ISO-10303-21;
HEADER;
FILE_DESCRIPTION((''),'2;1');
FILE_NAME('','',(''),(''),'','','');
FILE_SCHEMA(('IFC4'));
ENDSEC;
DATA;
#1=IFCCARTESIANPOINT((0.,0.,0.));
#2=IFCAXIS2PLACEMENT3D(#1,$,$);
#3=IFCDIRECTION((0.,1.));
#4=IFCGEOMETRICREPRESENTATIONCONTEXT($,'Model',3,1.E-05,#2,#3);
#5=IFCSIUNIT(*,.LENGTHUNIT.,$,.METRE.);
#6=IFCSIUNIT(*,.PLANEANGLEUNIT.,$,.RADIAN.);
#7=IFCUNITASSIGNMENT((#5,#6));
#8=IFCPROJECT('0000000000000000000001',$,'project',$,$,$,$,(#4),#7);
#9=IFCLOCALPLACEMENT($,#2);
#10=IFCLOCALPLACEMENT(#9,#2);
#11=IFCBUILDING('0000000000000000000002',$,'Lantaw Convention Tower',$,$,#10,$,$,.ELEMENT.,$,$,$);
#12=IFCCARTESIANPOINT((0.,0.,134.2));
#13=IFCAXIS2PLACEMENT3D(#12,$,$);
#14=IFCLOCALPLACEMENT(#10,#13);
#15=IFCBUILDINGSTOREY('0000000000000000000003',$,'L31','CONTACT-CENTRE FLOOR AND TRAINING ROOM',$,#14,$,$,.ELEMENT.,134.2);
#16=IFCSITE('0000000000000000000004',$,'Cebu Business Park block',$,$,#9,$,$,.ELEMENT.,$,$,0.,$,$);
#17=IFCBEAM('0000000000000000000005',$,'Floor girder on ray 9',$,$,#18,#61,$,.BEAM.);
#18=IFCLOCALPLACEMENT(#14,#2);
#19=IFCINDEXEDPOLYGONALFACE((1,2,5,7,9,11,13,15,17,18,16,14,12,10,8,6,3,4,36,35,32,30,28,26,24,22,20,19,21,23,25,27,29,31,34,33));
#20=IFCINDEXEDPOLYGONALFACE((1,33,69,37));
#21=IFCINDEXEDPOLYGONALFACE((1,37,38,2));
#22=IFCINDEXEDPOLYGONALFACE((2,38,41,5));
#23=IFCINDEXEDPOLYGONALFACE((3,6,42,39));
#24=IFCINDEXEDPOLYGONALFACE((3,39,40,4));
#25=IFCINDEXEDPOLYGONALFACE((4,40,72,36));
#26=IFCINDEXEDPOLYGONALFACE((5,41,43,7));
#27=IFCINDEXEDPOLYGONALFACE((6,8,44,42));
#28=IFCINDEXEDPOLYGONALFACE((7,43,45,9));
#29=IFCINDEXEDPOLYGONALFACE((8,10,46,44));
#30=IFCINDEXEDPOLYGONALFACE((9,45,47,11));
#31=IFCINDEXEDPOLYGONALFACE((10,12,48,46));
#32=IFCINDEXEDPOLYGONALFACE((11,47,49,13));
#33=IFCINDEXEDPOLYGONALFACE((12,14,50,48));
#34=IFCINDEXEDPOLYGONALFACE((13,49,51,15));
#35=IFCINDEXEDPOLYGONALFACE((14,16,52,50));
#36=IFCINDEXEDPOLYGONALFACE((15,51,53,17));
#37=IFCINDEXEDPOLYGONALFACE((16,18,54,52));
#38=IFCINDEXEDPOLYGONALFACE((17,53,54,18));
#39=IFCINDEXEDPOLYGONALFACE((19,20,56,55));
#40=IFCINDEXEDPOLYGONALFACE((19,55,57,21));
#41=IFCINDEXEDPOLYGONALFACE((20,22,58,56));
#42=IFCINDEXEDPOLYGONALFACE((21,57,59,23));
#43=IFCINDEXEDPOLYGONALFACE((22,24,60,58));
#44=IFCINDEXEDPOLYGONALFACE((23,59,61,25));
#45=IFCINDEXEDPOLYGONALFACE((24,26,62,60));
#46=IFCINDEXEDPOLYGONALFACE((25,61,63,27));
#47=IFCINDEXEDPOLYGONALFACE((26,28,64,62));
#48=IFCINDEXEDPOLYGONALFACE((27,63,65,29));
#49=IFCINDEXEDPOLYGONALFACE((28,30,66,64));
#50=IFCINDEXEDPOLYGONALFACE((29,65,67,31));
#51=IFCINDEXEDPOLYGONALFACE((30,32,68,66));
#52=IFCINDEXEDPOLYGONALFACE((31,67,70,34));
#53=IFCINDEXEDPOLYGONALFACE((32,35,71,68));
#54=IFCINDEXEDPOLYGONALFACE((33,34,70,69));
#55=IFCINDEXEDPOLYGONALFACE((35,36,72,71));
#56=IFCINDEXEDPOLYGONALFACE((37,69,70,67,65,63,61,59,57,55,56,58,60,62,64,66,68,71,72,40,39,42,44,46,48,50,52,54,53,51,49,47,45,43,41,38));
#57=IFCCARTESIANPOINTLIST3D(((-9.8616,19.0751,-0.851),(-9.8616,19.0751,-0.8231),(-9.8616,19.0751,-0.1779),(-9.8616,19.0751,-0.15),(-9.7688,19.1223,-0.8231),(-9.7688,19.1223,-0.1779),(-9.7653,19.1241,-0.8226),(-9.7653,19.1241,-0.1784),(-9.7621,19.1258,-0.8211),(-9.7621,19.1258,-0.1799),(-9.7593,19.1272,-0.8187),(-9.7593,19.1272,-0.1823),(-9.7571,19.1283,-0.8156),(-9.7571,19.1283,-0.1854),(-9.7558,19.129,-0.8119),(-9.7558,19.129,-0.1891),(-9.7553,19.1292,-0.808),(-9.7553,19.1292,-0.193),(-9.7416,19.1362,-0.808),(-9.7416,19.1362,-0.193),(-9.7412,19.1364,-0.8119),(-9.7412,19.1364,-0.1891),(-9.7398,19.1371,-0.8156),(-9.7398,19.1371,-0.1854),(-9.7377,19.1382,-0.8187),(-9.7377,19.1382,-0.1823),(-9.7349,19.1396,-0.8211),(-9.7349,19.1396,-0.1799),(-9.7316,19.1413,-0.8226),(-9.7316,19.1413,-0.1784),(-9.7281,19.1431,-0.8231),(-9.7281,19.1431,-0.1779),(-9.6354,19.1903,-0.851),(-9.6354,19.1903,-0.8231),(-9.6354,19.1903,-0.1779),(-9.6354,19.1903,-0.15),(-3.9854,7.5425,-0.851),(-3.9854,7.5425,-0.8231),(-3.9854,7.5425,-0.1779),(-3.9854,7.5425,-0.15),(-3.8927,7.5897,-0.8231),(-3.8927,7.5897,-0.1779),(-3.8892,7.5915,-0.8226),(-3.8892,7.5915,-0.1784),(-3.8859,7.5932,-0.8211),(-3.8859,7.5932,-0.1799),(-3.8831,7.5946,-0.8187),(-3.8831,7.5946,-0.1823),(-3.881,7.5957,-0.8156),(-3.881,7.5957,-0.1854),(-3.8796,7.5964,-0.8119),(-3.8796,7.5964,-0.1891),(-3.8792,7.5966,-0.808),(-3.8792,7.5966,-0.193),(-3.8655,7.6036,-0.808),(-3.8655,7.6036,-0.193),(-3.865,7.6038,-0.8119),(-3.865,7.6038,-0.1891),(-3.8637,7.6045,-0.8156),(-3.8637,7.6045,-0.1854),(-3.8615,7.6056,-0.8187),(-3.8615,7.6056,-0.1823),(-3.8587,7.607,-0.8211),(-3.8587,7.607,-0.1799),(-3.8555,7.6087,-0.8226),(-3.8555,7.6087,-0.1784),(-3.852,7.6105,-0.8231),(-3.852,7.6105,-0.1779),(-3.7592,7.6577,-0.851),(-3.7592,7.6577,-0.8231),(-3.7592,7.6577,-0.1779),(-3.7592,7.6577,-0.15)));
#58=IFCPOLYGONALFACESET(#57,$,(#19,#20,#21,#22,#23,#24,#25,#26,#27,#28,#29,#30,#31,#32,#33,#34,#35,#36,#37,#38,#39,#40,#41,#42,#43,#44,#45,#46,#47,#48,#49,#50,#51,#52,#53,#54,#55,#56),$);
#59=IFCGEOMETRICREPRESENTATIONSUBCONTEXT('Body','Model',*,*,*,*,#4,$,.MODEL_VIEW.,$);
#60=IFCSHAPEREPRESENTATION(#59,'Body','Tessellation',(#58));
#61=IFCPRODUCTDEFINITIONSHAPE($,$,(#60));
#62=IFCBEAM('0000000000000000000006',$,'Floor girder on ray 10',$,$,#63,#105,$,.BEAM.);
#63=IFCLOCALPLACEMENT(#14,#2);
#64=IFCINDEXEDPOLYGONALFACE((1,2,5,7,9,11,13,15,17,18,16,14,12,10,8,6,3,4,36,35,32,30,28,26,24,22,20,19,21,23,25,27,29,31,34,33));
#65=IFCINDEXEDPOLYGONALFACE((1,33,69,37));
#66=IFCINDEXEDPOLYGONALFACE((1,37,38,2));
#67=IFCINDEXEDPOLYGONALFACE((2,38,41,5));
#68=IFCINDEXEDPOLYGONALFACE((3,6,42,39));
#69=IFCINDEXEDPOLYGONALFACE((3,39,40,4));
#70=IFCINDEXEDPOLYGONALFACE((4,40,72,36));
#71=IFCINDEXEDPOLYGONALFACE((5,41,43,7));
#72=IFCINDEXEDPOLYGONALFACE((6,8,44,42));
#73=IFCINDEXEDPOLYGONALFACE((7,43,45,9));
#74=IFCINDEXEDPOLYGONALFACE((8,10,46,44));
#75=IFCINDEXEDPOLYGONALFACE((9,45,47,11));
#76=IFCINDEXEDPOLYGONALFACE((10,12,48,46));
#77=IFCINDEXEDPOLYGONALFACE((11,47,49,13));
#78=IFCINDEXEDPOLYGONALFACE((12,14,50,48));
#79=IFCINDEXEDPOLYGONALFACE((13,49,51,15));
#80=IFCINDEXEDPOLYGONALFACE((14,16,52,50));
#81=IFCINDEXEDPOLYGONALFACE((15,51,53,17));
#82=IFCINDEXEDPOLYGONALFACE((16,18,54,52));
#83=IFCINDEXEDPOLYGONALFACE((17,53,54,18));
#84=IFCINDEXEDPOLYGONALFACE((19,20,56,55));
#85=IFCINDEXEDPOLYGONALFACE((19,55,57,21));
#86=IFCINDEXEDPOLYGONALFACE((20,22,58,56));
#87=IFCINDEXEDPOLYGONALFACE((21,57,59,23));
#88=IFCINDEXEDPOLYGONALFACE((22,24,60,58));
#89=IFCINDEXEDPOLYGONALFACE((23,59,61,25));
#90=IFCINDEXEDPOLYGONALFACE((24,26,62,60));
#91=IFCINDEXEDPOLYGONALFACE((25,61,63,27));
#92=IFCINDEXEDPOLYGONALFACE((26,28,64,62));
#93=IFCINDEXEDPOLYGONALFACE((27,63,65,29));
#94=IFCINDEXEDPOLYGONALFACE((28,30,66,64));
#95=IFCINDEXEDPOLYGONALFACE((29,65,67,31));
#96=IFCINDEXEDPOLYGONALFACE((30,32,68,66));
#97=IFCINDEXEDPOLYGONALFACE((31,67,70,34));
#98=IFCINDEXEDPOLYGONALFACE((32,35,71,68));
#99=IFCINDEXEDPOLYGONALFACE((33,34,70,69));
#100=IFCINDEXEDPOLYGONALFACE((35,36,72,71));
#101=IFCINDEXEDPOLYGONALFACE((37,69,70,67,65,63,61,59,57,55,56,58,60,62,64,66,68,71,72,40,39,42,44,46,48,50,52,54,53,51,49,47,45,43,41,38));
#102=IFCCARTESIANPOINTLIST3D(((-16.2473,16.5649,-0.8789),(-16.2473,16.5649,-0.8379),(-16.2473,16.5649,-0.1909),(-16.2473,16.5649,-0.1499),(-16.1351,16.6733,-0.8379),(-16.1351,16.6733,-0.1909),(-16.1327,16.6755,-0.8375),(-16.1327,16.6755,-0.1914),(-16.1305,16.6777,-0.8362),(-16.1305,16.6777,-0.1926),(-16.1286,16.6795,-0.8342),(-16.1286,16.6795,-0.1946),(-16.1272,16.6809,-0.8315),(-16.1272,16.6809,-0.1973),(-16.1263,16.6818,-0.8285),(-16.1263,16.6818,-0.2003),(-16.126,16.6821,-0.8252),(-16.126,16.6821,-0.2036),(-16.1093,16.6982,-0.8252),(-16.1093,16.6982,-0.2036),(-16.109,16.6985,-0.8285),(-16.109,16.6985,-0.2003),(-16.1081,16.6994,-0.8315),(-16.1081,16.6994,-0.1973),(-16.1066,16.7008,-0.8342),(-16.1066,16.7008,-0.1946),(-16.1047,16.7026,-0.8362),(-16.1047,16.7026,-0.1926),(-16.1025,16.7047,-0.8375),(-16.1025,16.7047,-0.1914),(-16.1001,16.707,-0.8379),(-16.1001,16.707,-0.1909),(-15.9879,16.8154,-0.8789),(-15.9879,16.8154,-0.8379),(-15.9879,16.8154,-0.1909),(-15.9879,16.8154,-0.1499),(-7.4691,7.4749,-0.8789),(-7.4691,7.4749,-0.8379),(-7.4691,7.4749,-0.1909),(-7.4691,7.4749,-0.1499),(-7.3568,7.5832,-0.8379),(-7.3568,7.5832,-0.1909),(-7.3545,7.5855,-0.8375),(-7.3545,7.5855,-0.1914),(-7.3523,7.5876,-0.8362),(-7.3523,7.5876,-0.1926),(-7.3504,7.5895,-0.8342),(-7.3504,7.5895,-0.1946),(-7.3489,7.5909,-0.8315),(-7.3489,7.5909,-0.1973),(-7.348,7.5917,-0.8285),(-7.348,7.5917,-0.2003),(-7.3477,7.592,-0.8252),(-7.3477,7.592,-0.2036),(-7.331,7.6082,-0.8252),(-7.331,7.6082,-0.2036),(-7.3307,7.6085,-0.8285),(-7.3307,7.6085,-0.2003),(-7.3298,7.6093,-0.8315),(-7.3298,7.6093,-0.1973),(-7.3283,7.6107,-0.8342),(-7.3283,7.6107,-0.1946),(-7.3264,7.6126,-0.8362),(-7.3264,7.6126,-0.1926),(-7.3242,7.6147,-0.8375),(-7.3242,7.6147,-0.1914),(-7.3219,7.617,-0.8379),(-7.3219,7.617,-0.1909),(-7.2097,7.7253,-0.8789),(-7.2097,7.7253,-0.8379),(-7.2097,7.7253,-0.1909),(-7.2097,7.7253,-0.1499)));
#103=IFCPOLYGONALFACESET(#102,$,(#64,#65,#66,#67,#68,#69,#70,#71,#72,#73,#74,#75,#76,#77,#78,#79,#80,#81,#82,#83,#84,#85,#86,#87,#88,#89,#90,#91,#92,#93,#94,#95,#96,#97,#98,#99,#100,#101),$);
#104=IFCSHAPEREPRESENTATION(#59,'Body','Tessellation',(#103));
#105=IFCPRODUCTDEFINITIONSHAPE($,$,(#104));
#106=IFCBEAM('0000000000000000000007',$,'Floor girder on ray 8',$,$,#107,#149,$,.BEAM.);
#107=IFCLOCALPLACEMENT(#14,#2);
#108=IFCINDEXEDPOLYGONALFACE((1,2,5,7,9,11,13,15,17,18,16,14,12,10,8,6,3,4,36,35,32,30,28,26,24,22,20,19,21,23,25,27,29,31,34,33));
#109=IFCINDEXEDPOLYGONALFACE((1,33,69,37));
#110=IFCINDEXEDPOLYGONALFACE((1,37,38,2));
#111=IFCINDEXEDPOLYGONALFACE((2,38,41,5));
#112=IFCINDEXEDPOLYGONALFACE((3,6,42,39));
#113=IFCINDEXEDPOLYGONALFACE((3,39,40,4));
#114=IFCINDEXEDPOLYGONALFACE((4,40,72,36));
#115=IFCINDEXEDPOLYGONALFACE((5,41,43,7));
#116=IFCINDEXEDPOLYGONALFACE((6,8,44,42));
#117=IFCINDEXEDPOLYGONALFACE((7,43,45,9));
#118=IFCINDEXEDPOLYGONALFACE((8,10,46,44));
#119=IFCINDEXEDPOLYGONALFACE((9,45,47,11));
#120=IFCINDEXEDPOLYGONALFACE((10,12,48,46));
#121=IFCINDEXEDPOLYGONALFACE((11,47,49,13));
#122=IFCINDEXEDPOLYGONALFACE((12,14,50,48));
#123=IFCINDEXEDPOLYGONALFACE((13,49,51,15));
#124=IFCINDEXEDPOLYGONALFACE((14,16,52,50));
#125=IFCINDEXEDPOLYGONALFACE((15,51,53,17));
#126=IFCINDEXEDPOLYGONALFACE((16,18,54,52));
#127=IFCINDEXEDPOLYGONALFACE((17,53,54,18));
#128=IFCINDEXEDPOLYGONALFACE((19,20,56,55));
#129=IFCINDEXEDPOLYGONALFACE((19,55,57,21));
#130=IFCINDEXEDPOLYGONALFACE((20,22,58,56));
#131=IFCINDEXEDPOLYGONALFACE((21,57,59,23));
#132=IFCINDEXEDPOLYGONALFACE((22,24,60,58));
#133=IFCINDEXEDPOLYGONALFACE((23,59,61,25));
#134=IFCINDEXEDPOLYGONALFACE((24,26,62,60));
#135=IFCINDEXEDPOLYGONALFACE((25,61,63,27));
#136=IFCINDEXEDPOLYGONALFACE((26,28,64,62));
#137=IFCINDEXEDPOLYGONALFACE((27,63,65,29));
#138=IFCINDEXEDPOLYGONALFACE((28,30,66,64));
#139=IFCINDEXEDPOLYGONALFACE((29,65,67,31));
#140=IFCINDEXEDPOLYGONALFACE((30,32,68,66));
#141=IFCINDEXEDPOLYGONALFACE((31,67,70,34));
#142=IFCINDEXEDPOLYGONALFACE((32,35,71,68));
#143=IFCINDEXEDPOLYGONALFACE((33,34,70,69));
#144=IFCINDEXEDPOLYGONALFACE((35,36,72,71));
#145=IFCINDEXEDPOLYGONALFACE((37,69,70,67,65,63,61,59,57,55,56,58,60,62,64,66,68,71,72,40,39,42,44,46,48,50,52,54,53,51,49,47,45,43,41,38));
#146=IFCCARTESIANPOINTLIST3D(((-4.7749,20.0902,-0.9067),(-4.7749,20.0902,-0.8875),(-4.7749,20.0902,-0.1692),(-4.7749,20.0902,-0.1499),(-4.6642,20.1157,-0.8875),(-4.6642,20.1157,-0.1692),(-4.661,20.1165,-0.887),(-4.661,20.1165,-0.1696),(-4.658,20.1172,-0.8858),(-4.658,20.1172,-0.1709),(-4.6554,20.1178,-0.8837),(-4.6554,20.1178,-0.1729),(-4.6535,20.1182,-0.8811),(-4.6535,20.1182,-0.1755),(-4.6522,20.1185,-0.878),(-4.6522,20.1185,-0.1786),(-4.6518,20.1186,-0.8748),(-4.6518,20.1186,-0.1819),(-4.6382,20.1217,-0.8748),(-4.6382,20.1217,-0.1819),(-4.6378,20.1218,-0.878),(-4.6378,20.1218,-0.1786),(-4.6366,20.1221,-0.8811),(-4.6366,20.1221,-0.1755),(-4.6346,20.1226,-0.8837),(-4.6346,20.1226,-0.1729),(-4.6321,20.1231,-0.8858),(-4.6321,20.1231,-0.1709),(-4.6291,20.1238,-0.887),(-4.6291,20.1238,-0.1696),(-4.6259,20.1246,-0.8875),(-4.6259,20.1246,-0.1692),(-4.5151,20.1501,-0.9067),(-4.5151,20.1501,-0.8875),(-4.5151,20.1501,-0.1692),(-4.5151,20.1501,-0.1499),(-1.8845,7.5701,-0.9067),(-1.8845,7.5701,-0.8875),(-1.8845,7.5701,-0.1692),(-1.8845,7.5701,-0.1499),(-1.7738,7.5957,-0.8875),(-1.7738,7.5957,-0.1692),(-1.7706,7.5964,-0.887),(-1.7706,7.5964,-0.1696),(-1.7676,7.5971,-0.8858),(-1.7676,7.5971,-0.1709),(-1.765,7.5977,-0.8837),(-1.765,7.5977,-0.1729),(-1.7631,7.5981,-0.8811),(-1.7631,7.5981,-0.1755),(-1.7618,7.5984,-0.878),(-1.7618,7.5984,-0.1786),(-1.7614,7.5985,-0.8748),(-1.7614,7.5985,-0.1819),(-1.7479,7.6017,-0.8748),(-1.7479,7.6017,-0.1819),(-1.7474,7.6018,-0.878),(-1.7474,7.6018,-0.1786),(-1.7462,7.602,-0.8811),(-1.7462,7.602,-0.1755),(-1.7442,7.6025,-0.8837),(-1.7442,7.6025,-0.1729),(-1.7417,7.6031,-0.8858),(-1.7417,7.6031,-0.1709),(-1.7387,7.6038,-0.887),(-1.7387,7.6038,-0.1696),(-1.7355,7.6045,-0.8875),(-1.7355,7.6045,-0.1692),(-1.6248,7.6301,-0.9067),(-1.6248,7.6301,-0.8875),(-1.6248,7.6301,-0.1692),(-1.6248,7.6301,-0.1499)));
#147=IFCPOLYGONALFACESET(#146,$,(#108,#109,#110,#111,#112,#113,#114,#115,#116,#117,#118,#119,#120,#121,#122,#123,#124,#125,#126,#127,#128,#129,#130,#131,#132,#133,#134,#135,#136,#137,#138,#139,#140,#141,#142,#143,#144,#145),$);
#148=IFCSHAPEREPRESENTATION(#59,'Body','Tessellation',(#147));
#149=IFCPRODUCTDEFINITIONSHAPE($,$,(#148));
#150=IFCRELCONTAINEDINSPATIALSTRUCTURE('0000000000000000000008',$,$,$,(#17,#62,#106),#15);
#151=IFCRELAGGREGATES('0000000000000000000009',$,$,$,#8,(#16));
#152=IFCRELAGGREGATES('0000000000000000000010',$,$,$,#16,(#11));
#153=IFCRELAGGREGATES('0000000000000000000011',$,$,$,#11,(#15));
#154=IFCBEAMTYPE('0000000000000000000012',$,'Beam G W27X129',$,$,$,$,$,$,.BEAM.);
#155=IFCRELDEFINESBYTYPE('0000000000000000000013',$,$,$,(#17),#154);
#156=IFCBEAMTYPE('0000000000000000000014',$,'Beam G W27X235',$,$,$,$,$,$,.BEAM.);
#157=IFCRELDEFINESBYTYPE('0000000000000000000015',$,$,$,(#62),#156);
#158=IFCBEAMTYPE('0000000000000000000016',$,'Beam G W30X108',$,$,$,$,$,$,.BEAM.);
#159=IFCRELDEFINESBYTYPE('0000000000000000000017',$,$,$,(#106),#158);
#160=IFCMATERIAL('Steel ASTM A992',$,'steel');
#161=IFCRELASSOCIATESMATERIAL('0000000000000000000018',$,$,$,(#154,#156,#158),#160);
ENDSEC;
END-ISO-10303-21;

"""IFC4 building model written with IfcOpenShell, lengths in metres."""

from ifc_helpers import new_model, si_unit, direction, frame, origin, origin_2d, place, context, subcontext, project, spatial, i_section, extrude, material, material_profile, profile_set, type_object, element, save


model = new_model("IFC4")

# Units and contexts
model_context = context("Model", 3, precision=1e-05, world=origin(), true_north=direction((0.0, 1.0)))
body_context = subcontext(model_context, "Body", "Model", "MODEL_VIEW")
ifc_project = project(units=[si_unit("LENGTHUNIT", "METRE"), si_unit("PLANEANGLEUNIT", "RADIAN")], contexts=[model_context])

# Site, building, storey
site_placement = place(None, origin())
site = spatial("IfcSite", under=ifc_project, at=site_placement, Name="Cebu Business Park block", CompositionType="ELEMENT", RefElevation=0.0)
building_placement = place(site_placement, origin())
building = spatial("IfcBuilding", under=site, at=building_placement, Name="Lantaw Convention Tower", CompositionType="ELEMENT")
storey_placement = place(building_placement, frame((0.0, 0.0, 134.2)))
storey = spatial("IfcBuildingStorey", under=building, at=storey_placement, Name="L31", Description="CONTACT-CENTRE FLOOR AND TRAINING ROOM", CompositionType="ELEMENT", Elevation=134.2)

# Beams
ifc_material_1 = material(Name="Steel ASTM A992", Category="steel")
ifc_material_profile_1 = material_profile(ifc_material_1, i_section(OverallWidth=0.2539, OverallDepth=0.7009, WebThickness=0.0154, FlangeThickness=0.0278, FilletRadius=0.0151, at=origin_2d()), Name="W27X129")
ifc_profile_set_1 = profile_set([ifc_material_profile_1], Name="Steel ASTM A992")
beam_type_1 = type_object("IfcBeamType", Name="Beam G W27X129", PredefinedType="BEAM", material=ifc_profile_set_1)
beam_1_placement = place(storey_placement, frame((-3.8723, 7.6001, -0.5005), z_axis=(-0.453991, 0.891006, 0.0), x_axis=(-0.891006, -0.453991, 0.0)))
element("IfcBeam", 1, at=beam_1_placement, inside=storey, type_object=beam_type_1, Name="Floor girder on ray 9", PredefinedType="BEAM", context=body_context, shape_type="SweptSolid", body=[
    extrude(i_section(OverallWidth=0.2539, OverallDepth=0.7009, WebThickness=0.0154, FlangeThickness=0.0278, FilletRadius=0.0151, at=origin_2d()), origin(), (0.0, 0.0, 1.0), 12.9434),
])
ifc_material_profile_2 = material_profile(ifc_material_1, i_section(OverallWidth=0.3606, OverallDepth=0.729, WebThickness=0.0232, FlangeThickness=0.041, FilletRadius=0.0127, at=origin_2d()), Name="W27X235")
ifc_profile_set_2 = profile_set([ifc_material_profile_2], Name="Steel ASTM A992")
beam_type_2 = type_object("IfcBeamType", Name="Beam G W27X235", PredefinedType="BEAM", material=ifc_profile_set_2)
beam_2_placement = place(storey_placement, frame((-7.3394, 7.6001, -0.5144), z_axis=(-0.694663, 0.719335, 0.0), x_axis=(-0.719335, -0.694663, 0.0)))
element("IfcBeam", 2, at=beam_2_placement, inside=storey, type_object=beam_type_2, Name="Floor girder on ray 10", PredefinedType="BEAM", context=body_context, shape_type="SweptSolid", body=[
    extrude(i_section(OverallWidth=0.3606, OverallDepth=0.729, WebThickness=0.0232, FlangeThickness=0.041, FilletRadius=0.0127, at=origin_2d()), origin(), (0.0, 0.0, 1.0), 12.6367),
])
ifc_material_profile_3 = material_profile(ifc_material_1, i_section(OverallWidth=0.2666, OverallDepth=0.7568, WebThickness=0.0139, FlangeThickness=0.0193, FilletRadius=0.0127, at=origin_2d()), Name="W30X108")
ifc_profile_set_3 = profile_set([ifc_material_profile_3], Name="Steel ASTM A992")
beam_type_3 = type_object("IfcBeamType", Name="Beam G W30X108", PredefinedType="BEAM", material=ifc_profile_set_3)
beam_3_placement = place(storey_placement, frame((-1.7546, 7.6001, -0.5283), z_axis=(-0.224944, 0.974372, 0.0), x_axis=(-0.974372, -0.224944, 0.0)))
element("IfcBeam", 3, at=beam_3_placement, inside=storey, type_object=beam_type_3, Name="Floor girder on ray 8", PredefinedType="BEAM", context=body_context, shape_type="SweptSolid", body=[
    extrude(i_section(OverallWidth=0.2666, OverallDepth=0.7568, WebThickness=0.0139, FlangeThickness=0.0193, FilletRadius=0.0127, at=origin_2d()), origin(), (0.0, 0.0, 1.0), 12.8494),
])

save(model, "model.ifc")
